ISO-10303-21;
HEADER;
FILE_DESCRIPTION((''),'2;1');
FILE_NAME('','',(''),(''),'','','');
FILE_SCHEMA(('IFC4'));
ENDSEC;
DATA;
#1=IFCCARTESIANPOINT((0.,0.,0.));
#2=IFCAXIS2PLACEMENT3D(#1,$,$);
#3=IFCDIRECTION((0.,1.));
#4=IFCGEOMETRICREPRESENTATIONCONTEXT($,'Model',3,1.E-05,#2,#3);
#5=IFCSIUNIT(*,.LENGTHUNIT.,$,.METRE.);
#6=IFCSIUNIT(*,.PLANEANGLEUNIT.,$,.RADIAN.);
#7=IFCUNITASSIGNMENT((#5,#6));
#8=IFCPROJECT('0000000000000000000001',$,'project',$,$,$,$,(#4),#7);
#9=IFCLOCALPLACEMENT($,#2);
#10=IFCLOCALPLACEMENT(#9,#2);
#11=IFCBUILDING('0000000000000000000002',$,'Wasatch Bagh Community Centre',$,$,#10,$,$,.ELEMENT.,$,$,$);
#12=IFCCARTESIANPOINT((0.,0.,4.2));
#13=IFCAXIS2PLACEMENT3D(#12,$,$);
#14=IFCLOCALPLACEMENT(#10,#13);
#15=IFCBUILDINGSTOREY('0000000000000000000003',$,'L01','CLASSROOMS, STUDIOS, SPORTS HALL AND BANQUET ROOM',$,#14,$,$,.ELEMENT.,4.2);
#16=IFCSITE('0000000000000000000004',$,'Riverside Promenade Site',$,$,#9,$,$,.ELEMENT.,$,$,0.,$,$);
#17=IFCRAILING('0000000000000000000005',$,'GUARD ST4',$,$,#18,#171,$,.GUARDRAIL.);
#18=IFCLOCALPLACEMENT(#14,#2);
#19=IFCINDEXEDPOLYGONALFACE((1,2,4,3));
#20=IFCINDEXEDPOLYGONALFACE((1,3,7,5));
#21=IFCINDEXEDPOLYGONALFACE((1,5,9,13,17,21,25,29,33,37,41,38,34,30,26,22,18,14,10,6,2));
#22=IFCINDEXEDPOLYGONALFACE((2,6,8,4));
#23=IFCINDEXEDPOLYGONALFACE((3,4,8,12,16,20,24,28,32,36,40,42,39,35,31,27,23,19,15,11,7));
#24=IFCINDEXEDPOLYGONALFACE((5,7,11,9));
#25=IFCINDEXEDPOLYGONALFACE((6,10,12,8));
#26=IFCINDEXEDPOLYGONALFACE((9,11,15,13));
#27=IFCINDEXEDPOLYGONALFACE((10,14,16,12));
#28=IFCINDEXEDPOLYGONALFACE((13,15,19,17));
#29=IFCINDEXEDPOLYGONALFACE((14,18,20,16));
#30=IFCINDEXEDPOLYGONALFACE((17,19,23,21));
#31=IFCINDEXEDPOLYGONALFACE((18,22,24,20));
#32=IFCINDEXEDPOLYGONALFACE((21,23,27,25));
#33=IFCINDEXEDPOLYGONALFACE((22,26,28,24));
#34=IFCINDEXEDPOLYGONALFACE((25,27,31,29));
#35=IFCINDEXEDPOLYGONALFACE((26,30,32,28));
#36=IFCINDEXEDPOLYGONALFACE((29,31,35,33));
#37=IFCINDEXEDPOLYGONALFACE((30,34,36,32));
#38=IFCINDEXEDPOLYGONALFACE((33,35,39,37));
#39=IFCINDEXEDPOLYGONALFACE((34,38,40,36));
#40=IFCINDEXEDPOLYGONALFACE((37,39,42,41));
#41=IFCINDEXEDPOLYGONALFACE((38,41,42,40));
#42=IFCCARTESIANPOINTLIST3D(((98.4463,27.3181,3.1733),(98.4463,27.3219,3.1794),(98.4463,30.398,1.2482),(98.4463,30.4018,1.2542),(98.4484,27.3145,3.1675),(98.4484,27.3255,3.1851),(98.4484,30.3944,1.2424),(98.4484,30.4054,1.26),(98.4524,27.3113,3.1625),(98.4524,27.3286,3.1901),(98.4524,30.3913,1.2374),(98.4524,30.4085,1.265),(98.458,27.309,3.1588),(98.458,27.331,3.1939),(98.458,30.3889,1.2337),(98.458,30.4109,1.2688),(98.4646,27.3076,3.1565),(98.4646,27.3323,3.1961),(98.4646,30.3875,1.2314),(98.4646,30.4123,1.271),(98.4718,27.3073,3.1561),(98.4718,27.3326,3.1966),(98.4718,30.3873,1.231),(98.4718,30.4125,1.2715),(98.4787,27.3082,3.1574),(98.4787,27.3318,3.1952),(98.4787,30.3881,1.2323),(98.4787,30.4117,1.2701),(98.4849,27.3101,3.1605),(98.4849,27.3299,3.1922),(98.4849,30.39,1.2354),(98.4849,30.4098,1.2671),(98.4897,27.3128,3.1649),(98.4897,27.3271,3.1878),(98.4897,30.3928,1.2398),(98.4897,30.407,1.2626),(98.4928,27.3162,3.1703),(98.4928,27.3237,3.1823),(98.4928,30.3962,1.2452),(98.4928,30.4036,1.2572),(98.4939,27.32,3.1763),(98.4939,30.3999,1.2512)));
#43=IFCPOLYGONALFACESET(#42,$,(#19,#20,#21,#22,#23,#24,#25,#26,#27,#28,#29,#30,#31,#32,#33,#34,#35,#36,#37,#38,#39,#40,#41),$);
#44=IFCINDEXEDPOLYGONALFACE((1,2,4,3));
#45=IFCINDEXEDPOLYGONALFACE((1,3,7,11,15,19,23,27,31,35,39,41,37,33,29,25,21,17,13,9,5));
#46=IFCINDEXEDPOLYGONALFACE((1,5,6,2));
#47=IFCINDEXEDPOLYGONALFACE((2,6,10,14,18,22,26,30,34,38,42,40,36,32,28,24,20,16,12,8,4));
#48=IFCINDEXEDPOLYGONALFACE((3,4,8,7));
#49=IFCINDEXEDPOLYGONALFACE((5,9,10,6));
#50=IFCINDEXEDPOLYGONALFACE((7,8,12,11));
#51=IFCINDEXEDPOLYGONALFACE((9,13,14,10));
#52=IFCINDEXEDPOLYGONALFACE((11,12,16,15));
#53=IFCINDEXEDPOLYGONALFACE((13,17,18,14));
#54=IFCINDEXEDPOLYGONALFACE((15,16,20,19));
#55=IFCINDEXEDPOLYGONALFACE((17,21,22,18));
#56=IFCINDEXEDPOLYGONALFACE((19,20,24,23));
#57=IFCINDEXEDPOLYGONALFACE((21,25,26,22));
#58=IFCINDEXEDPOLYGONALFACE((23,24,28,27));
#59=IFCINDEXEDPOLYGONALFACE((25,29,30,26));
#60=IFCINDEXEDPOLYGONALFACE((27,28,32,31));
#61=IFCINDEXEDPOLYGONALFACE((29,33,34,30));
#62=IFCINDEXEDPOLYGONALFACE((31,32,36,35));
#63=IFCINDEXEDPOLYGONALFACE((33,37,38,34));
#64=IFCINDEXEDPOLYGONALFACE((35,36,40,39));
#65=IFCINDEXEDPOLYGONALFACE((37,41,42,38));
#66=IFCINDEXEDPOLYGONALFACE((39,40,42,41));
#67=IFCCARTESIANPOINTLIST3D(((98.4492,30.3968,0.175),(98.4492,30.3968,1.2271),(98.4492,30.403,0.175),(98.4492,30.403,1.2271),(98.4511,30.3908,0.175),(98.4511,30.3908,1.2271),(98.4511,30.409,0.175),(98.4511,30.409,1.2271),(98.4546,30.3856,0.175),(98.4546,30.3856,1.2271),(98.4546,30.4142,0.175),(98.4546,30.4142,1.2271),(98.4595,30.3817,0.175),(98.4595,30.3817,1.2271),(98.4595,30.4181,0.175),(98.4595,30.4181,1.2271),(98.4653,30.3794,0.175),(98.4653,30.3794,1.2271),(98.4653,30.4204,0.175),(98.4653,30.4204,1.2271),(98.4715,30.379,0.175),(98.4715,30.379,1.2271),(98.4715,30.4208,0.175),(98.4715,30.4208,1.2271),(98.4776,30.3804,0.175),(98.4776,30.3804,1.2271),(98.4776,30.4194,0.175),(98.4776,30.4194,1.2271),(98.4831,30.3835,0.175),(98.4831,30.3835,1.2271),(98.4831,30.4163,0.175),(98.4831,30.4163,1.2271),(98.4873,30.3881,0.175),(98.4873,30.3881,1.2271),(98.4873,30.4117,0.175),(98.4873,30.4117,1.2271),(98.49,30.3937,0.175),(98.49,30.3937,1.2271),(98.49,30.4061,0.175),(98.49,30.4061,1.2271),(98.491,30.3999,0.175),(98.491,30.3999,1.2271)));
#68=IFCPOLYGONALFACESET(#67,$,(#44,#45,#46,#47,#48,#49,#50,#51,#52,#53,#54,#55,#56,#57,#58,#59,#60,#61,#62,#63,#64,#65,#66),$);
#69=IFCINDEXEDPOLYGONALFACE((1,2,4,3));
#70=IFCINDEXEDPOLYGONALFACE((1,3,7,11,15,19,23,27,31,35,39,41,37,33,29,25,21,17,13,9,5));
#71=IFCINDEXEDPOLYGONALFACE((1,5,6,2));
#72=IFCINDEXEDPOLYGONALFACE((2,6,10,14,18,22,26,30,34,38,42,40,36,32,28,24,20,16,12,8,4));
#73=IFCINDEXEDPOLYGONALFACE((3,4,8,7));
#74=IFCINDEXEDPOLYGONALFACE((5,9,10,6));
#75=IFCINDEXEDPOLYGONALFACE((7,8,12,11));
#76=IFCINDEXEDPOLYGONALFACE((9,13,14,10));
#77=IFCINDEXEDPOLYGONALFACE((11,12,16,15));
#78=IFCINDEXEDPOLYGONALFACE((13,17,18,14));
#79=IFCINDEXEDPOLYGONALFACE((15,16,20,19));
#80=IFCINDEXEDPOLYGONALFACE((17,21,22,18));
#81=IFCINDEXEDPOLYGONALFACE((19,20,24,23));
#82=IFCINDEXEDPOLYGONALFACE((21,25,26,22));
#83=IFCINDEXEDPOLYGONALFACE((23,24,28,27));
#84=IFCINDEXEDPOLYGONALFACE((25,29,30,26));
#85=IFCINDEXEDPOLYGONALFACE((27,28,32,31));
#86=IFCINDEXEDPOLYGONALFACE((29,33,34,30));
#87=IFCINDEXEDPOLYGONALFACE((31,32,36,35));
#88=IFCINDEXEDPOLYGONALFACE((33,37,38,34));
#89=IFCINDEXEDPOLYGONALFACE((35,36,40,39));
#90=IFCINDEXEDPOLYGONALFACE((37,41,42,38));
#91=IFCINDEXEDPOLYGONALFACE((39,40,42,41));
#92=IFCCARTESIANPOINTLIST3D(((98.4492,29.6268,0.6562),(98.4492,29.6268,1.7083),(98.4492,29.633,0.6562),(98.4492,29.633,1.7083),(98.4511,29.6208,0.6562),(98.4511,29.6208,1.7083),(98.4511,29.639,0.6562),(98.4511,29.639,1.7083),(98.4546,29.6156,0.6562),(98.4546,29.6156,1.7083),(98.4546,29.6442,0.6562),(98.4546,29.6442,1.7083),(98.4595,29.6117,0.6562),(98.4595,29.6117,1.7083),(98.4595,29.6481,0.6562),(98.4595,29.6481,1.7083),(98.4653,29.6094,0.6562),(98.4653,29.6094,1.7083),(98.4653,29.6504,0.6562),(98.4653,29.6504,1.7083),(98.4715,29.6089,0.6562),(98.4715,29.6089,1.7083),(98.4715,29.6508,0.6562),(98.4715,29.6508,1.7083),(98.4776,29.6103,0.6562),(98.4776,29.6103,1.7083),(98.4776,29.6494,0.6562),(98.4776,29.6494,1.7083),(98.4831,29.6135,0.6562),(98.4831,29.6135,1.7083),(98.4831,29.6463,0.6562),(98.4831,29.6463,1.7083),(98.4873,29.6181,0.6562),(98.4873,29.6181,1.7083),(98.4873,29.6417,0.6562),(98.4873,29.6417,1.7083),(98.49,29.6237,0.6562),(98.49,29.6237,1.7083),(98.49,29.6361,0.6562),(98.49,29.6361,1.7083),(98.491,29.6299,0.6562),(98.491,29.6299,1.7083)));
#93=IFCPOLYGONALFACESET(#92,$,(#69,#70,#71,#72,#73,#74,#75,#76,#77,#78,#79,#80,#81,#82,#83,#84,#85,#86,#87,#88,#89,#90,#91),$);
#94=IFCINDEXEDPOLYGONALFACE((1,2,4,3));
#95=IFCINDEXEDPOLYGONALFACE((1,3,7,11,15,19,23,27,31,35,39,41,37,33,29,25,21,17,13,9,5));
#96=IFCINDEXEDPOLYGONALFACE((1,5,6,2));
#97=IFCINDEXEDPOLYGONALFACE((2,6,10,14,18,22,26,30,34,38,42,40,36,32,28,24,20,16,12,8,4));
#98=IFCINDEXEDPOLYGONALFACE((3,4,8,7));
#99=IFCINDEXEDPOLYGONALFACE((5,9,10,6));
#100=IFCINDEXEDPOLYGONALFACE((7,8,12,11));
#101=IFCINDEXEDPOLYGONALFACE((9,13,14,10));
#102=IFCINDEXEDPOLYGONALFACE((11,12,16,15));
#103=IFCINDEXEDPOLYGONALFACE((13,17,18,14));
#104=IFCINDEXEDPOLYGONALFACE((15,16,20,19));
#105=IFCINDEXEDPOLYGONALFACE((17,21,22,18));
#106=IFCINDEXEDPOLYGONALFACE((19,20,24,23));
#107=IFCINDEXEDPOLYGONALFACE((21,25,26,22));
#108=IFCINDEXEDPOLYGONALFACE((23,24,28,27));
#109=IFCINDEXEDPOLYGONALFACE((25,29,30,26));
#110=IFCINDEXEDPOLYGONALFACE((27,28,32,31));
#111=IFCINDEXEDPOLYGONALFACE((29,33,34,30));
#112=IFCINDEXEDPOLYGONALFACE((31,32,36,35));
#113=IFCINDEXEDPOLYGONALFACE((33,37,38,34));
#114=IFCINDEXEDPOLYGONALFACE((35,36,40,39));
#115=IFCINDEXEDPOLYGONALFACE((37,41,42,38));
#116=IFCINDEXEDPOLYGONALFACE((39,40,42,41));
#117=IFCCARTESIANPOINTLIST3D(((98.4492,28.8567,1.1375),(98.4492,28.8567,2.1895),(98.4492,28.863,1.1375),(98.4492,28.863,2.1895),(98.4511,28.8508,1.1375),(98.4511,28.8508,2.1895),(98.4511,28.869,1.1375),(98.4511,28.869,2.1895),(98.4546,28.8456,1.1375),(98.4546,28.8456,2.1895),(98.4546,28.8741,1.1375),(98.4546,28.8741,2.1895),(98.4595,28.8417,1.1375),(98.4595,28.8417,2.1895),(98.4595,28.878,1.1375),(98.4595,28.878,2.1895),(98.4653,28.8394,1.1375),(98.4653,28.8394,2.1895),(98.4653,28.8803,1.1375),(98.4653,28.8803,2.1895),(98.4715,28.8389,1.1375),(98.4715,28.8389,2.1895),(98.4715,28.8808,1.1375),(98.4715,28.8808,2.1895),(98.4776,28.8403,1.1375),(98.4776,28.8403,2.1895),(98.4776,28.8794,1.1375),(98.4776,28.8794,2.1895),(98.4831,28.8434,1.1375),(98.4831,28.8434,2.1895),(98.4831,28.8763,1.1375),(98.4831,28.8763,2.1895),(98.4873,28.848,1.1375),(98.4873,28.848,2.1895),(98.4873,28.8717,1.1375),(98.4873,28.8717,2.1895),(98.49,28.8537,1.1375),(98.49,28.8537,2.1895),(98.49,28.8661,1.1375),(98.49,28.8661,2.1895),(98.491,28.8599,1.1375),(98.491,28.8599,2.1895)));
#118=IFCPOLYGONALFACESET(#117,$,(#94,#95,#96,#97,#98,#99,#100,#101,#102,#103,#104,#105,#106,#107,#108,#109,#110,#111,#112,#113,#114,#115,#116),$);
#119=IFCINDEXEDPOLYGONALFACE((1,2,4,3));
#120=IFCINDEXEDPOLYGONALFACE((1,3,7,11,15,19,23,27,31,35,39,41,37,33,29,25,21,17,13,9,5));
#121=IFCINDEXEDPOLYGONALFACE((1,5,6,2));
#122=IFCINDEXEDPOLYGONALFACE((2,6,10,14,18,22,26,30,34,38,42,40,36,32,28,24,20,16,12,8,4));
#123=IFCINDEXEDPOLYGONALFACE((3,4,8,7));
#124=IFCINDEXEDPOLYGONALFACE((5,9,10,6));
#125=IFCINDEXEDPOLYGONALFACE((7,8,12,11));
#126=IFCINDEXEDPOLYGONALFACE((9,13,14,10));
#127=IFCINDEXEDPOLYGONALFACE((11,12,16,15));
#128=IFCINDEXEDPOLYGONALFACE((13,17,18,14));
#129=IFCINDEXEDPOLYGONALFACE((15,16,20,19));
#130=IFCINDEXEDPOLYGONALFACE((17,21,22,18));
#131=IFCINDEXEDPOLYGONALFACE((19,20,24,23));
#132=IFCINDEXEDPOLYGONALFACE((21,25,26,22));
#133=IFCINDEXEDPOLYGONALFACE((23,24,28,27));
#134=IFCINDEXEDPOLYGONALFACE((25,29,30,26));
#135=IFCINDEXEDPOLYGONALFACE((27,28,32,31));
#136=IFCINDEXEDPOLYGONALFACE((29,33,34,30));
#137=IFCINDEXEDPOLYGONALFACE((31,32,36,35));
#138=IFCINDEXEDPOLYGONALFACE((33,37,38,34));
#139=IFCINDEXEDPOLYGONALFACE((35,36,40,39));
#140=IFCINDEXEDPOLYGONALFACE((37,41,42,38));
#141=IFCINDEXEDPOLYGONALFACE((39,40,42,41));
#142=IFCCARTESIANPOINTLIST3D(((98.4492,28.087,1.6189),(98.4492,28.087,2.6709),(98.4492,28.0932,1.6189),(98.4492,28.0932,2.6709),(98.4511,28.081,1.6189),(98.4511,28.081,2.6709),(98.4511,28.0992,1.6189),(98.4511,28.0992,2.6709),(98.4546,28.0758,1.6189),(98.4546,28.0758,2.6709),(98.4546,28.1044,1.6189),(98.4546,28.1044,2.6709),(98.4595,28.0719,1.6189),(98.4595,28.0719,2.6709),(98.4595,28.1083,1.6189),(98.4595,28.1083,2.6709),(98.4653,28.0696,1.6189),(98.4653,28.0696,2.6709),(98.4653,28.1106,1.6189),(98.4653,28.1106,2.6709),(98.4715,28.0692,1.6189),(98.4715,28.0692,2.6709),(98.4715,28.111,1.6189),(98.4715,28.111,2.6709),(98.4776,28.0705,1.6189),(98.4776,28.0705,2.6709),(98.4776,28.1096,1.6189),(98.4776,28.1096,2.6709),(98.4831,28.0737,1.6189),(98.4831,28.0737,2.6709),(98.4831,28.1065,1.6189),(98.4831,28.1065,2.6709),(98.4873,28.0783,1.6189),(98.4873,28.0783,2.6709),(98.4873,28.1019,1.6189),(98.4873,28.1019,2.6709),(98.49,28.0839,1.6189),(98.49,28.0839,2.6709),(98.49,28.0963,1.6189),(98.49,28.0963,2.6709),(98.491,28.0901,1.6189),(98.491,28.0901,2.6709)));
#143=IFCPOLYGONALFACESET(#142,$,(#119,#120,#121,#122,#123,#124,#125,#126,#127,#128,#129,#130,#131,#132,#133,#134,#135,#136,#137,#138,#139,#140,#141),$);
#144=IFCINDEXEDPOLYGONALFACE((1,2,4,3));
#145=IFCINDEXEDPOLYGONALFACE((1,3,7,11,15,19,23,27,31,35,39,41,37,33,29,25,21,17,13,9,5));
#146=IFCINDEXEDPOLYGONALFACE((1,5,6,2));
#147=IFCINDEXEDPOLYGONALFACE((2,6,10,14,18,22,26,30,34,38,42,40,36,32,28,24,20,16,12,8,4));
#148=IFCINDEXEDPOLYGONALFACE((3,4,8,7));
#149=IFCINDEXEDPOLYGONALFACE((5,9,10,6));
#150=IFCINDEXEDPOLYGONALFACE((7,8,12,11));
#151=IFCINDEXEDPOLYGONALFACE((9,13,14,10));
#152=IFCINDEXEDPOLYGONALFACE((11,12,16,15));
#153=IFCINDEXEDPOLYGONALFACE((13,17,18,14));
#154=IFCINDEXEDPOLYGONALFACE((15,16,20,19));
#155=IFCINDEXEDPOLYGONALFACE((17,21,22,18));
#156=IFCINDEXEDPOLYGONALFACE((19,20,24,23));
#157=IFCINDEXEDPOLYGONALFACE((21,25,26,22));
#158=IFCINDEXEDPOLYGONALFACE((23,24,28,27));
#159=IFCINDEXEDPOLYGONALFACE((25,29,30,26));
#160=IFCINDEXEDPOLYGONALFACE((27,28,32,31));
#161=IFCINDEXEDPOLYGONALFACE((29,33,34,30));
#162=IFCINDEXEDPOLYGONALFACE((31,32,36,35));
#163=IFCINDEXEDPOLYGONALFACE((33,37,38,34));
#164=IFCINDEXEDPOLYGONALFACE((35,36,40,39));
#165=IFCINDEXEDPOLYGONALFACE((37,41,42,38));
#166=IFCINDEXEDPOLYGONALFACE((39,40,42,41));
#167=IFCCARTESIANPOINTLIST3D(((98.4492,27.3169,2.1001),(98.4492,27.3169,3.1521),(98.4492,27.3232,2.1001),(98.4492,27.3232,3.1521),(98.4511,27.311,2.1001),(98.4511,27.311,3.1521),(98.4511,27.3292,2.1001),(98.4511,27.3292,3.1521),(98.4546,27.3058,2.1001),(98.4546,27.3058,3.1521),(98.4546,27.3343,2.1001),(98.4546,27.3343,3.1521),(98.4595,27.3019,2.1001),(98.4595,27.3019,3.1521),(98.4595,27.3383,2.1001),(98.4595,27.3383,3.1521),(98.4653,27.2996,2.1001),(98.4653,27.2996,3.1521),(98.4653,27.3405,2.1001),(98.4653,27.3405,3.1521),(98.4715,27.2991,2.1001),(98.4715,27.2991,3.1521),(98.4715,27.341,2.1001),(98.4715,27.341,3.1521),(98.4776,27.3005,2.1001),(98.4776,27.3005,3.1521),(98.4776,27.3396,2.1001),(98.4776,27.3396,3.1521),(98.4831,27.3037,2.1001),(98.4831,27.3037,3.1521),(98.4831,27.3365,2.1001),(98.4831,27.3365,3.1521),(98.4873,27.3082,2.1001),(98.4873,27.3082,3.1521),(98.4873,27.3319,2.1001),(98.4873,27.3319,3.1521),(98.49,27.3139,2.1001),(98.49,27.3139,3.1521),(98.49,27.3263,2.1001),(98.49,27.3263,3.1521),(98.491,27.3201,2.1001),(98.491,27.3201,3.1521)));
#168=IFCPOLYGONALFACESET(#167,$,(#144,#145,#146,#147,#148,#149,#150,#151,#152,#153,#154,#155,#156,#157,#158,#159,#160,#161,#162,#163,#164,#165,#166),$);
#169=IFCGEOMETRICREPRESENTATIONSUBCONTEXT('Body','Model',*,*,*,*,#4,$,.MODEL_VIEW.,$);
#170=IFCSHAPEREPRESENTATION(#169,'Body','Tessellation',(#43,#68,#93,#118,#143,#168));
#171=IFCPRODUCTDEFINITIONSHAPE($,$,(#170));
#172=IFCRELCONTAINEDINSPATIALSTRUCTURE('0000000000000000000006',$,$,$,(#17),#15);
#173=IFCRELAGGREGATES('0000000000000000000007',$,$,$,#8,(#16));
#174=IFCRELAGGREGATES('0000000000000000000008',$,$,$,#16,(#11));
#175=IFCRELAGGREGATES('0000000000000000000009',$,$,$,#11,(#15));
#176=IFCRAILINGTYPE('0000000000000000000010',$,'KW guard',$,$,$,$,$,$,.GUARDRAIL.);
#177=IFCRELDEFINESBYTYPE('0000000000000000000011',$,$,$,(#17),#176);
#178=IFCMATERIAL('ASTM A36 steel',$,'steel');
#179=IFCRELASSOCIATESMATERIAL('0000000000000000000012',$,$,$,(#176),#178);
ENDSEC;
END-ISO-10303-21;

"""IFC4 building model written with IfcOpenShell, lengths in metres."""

from ifc_helpers import new_model, si_unit, direction, frame, origin, origin_2d, place, context, subcontext, project, spatial, circle, extrude, material, type_object, element, save


model = new_model("IFC4")

# Units and contexts
model_context = context("Model", 3, precision=1e-05, world=origin(), true_north=direction((0.0, 1.0)))
body_context = subcontext(model_context, "Body", "Model", "MODEL_VIEW")
ifc_project = project(units=[si_unit("LENGTHUNIT", "METRE"), si_unit("PLANEANGLEUNIT", "RADIAN")], contexts=[model_context])

# Site, building, storey
site_placement = place(None, origin())
site = spatial("IfcSite", under=ifc_project, at=site_placement, Name="Riverside Promenade Site", CompositionType="ELEMENT", RefElevation=0.0)
building_placement = place(site_placement, origin())
building = spatial("IfcBuilding", under=site, at=building_placement, Name="Wasatch Bagh Community Centre", CompositionType="ELEMENT")
storey_placement = place(building_placement, frame((0.0, 0.0, 4.2)))
storey = spatial("IfcBuildingStorey", under=building, at=storey_placement, Name="L01", Description="CLASSROOMS, STUDIOS, SPORTS HALL AND BANQUET ROOM", CompositionType="ELEMENT", Elevation=4.2)

# Railing
ifc_material_1 = material(Name="ASTM A36 steel", Category="steel")
railing_type_1 = type_object("IfcRailingType", Name="KW guard", PredefinedType="GUARDRAIL", material=ifc_material_1)
for number, where, name in (
    (1, (98.47, 30.3999, 0.175), "GUARD ST4"),
):
    element("IfcRailing", number, at=place(storey_placement, frame(where)), inside=storey, type_object=railing_type_1, Name=name, PredefinedType="GUARDRAIL", context=body_context, shape_type="SweptSolid", body=[
        extrude(circle(Radius=0.0239, at=origin_2d()), frame((0.0, 0.0, 1.0762), z_axis=(0.0, -0.847979, 0.530029), x_axis=(1.0, 0.0, 0.0)), (0.0, 0.0, 1.0), 3.6321),
        extrude(circle(Radius=0.021, at=origin_2d()), origin(), (0.0, 0.0, 1.0), 1.052),
        extrude(circle(Radius=0.021, at=origin_2d()), frame((0.0, -0.77, 0.4812)), (0.0, 0.0, 1.0), 1.052),
        extrude(circle(Radius=0.021, at=origin_2d()), frame((0.0, -1.54, 0.9624)), (0.0, 0.0, 1.0), 1.052),
        extrude(circle(Radius=0.021, at=origin_2d()), frame((0.0, -2.3098, 1.4438)), (0.0, 0.0, 1.0), 1.052),
        extrude(circle(Radius=0.021, at=origin_2d()), frame((0.0, -3.0798, 1.925)), (0.0, 0.0, 1.0), 1.052),
    ])

save(model, "model.ifc")
